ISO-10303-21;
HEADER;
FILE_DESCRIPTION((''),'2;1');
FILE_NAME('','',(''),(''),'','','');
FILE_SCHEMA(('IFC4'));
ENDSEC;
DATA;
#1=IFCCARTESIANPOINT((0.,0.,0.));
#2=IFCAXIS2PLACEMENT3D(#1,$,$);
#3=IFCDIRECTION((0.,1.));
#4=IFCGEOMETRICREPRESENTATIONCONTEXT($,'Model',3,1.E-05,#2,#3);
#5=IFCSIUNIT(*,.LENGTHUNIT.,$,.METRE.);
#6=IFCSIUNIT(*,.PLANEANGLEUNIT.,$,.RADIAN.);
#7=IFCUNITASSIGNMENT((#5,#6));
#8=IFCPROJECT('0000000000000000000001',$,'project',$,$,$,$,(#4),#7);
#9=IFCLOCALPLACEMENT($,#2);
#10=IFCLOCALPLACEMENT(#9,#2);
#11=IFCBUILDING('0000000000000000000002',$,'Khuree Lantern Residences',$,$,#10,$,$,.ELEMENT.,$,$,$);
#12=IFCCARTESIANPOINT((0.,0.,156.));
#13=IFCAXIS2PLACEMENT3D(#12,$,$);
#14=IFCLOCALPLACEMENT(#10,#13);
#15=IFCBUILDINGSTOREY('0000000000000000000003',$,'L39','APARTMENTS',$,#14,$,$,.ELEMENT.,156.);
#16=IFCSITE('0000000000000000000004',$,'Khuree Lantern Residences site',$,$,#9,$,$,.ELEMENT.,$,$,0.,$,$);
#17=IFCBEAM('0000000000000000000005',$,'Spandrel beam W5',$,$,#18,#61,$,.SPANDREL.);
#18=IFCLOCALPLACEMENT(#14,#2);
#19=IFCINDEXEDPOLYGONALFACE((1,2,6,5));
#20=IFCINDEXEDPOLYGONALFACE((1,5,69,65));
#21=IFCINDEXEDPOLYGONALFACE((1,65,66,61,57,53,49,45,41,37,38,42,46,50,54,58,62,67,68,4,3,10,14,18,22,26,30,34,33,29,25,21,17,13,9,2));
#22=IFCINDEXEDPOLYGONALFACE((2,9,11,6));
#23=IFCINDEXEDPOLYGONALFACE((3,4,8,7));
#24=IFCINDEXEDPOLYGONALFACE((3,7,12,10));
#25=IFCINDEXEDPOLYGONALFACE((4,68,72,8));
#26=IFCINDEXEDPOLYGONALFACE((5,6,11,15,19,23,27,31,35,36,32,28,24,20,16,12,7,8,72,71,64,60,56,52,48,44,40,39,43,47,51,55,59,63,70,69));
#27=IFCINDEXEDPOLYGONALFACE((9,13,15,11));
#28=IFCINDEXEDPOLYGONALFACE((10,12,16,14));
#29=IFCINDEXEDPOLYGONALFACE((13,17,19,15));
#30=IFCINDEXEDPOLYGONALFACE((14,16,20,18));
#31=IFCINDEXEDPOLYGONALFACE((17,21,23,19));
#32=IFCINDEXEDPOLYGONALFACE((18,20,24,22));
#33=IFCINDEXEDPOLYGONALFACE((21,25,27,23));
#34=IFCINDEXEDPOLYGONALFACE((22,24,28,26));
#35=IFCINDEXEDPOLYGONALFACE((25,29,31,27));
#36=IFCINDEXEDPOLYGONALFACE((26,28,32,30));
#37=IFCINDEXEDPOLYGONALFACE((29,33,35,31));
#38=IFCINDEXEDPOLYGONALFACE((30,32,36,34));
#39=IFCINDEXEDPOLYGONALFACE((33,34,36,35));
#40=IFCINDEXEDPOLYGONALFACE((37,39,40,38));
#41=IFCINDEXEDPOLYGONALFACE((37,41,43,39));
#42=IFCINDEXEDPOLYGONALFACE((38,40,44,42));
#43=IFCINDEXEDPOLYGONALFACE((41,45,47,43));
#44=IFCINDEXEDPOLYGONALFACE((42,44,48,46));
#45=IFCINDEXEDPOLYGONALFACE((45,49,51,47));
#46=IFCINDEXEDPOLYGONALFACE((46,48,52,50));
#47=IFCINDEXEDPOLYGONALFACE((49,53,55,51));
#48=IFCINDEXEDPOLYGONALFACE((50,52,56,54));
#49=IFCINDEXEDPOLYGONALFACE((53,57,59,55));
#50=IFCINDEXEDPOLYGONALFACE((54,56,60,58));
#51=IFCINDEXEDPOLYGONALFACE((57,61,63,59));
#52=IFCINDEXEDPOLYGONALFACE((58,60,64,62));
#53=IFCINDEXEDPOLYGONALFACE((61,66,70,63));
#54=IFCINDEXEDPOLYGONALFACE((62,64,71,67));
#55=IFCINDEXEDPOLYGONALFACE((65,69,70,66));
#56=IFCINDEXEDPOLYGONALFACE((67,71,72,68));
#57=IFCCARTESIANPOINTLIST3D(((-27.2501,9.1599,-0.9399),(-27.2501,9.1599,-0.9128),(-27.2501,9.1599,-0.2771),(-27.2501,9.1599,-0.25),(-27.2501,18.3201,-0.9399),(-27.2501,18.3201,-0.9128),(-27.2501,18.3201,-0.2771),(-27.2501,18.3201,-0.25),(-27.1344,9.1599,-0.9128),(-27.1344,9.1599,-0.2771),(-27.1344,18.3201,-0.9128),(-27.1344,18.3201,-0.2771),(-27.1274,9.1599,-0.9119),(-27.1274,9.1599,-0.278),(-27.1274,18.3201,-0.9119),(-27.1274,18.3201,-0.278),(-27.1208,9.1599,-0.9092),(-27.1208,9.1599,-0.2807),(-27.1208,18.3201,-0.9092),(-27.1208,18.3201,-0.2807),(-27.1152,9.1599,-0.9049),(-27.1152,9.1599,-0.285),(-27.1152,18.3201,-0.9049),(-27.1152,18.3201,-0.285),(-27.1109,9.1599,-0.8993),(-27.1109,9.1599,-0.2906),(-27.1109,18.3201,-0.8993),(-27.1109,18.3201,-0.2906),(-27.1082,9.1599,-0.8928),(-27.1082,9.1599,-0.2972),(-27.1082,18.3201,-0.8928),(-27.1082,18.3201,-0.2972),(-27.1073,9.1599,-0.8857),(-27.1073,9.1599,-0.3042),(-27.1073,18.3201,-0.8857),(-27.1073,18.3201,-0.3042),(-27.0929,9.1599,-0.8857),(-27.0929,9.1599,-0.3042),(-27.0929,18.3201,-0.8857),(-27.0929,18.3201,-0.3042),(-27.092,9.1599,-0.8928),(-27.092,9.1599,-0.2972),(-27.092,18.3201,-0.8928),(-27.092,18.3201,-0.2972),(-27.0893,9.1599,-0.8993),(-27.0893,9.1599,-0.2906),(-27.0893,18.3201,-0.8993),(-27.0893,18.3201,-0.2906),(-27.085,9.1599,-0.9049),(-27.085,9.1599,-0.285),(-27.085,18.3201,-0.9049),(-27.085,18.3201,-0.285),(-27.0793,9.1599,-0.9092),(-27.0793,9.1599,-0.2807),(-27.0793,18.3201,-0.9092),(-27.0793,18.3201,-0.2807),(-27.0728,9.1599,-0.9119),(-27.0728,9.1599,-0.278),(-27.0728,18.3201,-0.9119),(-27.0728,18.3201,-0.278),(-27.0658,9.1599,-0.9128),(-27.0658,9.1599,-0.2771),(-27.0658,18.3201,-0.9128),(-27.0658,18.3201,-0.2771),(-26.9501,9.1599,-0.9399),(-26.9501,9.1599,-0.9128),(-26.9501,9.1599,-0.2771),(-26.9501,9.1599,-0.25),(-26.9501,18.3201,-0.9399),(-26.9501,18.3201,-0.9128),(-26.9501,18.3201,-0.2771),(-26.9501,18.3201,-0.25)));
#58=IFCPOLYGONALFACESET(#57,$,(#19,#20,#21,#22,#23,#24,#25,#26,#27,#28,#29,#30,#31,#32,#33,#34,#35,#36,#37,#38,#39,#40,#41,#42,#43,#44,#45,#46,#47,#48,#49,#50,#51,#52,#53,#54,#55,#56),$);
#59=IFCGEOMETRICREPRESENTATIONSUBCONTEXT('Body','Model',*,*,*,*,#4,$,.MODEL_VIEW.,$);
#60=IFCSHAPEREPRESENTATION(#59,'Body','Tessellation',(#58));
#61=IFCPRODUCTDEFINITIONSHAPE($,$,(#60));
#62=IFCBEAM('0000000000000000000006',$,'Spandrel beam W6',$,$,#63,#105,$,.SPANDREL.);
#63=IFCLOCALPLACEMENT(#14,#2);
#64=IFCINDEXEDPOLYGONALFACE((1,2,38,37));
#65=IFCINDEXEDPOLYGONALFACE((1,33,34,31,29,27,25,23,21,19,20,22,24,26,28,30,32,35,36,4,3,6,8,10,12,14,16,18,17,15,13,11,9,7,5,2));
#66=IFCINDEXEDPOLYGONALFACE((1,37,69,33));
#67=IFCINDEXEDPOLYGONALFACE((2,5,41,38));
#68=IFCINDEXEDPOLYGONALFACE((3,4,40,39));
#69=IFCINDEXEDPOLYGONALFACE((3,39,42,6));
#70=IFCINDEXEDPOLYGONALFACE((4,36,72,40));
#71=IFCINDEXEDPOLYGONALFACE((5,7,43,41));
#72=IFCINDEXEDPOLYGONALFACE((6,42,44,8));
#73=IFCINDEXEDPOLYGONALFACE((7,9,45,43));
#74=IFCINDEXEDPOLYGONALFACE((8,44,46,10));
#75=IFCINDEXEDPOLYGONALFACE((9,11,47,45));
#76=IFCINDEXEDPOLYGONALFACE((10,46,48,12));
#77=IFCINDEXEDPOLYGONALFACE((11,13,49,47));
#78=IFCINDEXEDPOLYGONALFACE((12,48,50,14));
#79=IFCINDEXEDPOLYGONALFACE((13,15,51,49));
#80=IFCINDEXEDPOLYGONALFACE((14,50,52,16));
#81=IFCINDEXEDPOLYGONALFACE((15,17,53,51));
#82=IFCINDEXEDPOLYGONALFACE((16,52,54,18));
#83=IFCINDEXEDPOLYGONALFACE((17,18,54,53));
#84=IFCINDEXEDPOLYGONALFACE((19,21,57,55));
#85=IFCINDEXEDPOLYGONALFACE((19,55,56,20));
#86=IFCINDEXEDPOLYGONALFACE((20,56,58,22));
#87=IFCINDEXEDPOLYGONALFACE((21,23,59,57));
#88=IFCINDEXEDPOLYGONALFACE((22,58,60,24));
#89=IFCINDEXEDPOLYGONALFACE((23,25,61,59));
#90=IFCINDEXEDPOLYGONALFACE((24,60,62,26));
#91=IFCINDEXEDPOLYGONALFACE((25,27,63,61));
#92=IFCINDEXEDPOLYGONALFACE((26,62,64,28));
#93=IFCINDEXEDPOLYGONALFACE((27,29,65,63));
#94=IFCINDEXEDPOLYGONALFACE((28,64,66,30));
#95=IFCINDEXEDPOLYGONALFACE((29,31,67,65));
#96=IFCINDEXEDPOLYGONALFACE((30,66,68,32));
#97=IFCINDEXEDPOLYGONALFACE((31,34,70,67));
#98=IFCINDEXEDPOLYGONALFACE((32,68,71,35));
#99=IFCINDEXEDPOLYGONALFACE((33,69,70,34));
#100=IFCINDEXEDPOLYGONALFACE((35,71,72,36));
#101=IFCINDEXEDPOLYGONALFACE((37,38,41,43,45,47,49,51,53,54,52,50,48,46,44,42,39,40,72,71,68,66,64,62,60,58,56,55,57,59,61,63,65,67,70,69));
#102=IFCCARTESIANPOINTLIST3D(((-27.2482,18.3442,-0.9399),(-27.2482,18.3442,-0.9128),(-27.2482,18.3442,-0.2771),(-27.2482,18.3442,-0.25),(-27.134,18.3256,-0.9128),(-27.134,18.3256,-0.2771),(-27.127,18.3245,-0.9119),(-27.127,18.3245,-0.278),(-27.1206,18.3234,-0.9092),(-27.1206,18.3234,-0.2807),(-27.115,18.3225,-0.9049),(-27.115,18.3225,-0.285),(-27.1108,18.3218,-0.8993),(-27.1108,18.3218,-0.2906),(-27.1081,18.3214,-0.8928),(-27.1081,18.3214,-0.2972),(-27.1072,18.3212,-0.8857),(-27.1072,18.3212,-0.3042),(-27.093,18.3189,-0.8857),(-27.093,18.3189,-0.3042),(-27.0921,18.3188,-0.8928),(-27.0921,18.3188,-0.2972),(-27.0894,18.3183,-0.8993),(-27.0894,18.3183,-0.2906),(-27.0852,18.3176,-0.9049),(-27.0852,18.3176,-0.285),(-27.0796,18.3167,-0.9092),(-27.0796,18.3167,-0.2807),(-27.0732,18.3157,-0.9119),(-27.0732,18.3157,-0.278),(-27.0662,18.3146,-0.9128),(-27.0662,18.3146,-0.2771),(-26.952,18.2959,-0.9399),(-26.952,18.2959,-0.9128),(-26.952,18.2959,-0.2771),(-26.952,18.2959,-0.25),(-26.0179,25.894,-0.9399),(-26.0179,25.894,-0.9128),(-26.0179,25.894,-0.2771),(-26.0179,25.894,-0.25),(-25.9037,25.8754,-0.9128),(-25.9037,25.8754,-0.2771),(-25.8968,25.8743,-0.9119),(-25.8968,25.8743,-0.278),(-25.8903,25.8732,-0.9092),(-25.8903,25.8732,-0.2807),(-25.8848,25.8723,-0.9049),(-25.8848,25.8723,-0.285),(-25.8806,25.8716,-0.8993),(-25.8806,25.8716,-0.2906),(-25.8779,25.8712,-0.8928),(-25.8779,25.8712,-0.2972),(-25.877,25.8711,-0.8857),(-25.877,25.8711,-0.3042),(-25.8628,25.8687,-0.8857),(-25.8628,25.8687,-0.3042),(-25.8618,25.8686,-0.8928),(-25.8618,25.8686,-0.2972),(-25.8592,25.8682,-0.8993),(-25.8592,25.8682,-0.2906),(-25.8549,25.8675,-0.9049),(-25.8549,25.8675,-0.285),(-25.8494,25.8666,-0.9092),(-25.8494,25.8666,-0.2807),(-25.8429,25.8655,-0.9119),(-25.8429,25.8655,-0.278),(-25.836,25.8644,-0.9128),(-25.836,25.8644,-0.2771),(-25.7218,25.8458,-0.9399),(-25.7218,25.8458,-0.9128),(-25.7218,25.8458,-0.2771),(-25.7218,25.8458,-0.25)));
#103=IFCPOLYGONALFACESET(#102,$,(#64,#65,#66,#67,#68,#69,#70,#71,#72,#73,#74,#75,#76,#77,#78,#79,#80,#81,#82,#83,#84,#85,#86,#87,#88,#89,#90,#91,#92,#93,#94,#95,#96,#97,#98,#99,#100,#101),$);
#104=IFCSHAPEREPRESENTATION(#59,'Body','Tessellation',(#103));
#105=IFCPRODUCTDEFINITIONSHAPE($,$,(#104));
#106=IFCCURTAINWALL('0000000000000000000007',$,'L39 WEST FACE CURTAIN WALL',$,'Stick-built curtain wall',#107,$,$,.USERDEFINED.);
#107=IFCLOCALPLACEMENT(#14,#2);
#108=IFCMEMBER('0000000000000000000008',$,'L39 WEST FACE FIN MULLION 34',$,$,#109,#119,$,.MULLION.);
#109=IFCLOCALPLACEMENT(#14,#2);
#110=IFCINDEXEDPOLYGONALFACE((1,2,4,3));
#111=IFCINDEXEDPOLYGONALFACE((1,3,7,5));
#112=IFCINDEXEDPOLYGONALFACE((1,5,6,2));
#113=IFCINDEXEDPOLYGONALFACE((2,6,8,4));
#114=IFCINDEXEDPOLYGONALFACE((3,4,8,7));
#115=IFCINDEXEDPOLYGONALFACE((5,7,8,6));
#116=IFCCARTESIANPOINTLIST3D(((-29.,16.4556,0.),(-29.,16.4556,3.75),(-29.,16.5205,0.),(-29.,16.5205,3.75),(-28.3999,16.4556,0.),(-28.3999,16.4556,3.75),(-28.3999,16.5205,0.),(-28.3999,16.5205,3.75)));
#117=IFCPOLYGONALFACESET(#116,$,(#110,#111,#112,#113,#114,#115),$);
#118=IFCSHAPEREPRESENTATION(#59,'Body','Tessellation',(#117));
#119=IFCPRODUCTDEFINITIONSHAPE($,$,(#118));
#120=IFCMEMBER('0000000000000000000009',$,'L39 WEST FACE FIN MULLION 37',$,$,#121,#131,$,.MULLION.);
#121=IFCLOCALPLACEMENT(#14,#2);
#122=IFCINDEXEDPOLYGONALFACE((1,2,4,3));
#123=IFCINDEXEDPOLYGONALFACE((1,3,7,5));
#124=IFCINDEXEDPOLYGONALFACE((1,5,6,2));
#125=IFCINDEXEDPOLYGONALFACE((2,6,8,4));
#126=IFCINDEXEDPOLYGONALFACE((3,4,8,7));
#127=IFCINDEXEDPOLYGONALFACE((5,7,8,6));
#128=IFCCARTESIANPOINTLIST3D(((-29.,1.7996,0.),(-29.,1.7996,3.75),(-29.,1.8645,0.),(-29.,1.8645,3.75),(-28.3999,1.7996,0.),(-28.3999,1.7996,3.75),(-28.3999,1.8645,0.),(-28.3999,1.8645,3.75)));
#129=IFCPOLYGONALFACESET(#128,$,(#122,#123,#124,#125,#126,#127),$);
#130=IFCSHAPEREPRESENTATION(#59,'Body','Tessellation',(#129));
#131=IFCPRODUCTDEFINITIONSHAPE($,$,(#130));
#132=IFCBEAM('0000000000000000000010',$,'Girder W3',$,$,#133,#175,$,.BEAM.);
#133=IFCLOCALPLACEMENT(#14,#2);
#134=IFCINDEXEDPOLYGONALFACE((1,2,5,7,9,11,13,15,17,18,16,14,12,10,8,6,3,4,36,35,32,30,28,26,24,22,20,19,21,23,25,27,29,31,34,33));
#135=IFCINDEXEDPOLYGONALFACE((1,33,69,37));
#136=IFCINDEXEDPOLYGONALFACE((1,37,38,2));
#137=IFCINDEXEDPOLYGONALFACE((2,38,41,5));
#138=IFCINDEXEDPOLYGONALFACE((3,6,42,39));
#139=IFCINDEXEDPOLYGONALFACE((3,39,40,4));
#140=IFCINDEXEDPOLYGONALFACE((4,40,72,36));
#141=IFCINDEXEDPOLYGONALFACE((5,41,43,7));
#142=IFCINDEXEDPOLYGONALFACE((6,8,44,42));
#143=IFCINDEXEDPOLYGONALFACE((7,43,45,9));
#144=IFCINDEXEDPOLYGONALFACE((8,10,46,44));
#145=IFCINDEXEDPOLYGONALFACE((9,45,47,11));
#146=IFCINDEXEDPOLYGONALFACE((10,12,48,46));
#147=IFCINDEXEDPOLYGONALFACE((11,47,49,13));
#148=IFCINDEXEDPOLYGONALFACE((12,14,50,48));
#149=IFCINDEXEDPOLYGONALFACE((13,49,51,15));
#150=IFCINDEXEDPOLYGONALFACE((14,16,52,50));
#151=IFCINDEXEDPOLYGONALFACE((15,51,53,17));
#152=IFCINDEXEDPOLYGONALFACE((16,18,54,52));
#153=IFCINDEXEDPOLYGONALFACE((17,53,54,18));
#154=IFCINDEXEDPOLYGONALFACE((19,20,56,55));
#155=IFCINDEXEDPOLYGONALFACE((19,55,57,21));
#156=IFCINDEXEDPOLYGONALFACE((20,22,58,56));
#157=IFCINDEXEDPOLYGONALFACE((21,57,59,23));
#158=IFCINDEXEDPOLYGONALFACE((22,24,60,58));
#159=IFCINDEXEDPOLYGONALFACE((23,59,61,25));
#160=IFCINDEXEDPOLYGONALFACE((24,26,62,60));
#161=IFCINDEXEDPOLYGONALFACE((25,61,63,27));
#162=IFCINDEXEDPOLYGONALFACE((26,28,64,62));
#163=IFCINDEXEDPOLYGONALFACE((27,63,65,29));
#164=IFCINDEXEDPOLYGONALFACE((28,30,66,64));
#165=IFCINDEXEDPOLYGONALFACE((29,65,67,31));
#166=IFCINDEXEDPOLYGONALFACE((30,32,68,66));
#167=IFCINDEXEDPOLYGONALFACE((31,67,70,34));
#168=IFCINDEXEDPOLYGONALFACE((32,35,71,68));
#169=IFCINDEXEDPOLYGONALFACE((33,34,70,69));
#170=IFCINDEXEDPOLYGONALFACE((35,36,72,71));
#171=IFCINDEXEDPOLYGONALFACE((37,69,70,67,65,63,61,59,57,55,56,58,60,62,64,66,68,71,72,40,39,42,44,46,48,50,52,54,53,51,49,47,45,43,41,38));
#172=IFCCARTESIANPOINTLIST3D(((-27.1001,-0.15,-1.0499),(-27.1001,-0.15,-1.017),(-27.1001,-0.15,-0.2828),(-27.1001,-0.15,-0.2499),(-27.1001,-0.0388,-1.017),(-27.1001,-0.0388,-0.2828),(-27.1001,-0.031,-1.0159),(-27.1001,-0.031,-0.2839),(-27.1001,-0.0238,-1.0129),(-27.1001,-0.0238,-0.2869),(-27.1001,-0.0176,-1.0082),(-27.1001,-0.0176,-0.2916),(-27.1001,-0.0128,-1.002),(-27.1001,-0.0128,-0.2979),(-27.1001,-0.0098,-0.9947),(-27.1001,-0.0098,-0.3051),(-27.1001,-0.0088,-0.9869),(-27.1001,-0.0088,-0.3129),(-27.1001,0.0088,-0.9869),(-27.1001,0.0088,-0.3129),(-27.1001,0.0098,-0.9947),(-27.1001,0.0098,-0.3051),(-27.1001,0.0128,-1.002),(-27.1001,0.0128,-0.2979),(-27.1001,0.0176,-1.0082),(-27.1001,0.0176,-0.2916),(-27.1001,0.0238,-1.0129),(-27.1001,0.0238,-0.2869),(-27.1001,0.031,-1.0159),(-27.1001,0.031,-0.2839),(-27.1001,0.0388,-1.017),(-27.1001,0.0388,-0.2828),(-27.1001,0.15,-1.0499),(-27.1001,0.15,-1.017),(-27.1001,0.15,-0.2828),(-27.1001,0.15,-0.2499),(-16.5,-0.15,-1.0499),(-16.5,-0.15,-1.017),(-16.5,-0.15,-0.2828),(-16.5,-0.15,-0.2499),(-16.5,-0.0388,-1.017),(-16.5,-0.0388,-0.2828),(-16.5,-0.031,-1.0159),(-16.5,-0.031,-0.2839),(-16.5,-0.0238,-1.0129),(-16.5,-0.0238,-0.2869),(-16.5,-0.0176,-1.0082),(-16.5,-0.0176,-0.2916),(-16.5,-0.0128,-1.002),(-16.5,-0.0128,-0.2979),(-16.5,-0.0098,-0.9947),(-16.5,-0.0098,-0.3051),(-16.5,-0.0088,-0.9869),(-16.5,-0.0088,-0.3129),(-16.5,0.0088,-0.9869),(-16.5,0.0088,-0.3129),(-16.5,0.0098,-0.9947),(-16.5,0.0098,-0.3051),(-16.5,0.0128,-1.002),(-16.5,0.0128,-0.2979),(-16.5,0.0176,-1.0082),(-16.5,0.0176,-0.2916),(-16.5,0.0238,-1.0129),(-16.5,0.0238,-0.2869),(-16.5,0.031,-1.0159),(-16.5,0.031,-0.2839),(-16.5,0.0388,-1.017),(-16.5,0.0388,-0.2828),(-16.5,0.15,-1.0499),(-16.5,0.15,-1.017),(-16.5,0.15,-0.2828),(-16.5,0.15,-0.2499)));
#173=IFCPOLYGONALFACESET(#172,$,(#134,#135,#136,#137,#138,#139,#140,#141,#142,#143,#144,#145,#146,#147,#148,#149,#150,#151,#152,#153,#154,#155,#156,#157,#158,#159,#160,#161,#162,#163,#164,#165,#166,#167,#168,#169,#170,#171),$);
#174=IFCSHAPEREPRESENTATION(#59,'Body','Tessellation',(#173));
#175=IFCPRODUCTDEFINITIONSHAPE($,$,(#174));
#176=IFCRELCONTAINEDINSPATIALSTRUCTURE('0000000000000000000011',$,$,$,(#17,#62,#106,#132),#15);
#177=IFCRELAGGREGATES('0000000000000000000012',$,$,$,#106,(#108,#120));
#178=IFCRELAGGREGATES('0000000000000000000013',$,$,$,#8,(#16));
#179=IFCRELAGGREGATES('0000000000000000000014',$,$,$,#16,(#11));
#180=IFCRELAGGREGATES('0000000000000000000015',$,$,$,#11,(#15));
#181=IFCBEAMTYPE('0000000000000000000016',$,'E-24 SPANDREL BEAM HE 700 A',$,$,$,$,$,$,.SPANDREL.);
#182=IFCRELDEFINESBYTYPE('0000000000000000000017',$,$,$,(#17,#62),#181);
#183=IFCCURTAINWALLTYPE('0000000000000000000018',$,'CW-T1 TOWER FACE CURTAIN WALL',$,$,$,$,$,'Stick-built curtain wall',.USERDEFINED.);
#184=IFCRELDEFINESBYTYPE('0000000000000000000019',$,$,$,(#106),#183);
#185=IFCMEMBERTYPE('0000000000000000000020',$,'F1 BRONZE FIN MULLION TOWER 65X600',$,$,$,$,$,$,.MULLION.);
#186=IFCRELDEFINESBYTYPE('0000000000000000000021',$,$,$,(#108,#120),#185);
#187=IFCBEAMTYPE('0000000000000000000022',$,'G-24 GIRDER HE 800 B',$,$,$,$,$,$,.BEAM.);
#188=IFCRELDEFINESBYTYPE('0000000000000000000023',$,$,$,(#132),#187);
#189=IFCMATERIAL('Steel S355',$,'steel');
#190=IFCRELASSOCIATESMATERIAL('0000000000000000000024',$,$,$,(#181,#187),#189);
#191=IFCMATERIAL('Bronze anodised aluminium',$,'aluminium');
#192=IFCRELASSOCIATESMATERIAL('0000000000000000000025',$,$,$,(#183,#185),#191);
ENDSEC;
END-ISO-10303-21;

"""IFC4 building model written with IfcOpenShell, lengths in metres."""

from ifc_helpers import new_model, si_unit, direction, frame, origin, origin_2d, place, context, subcontext, project, spatial, rectangle, i_section, extrude, material, material_profile, profile_set, type_object, element, aggregate, save


model = new_model("IFC4")

# Units and contexts
model_context = context("Model", 3, precision=1e-05, world=origin(), true_north=direction((0.0, 1.0)))
body_context = subcontext(model_context, "Body", "Model", "MODEL_VIEW")
ifc_project = project(units=[si_unit("LENGTHUNIT", "METRE"), si_unit("PLANEANGLEUNIT", "RADIAN")], contexts=[model_context])

# Site, building, storey
site_placement = place(None, origin())
site = spatial("IfcSite", under=ifc_project, at=site_placement, Name="Khuree Lantern Residences site", CompositionType="ELEMENT", RefElevation=0.0)
building_placement = place(site_placement, origin())
building = spatial("IfcBuilding", under=site, at=building_placement, Name="Khuree Lantern Residences", CompositionType="ELEMENT")
storey_placement = place(building_placement, frame((0.0, 0.0, 156.0)))
storey = spatial("IfcBuildingStorey", under=building, at=storey_placement, Name="L39", Description="APARTMENTS", CompositionType="ELEMENT", Elevation=156.0)

# Beams
ifc_material_1 = material(Name="Steel S355", Category="steel")
ifc_material_profile_1 = material_profile(ifc_material_1, i_section(OverallWidth=0.3, OverallDepth=0.6899, WebThickness=0.0144, FlangeThickness=0.0271, FilletRadius=0.0271, at=origin_2d()), Name="HE 700 A")
ifc_profile_set_1 = profile_set([ifc_material_profile_1], Name="Steel S355")
beam_type_1 = type_object("IfcBeamType", Name="E-24 SPANDREL BEAM HE 700 A", PredefinedType="SPANDREL", material=ifc_profile_set_1)
beam_1_placement = place(storey_placement, frame((-27.1001, 9.1599, -0.595), z_axis=(0.0, 1.0, 0.0), x_axis=(-1.0, 0.0, 0.0)))
element("IfcBeam", 1, at=beam_1_placement, inside=storey, type_object=beam_type_1, Name="Spandrel beam W5", PredefinedType="SPANDREL", context=body_context, shape_type="SweptSolid", body=[
    extrude(i_section(OverallWidth=0.3, OverallDepth=0.6899, WebThickness=0.0144, FlangeThickness=0.0271, FilletRadius=0.0271, at=origin_2d()), origin(), (0.0, 0.0, 1.0), 9.1602),
])
beam_2_placement = place(storey_placement, frame((-27.1001, 18.3201, -0.595), z_axis=(0.160827, 0.986983, 0.0), x_axis=(-0.986983, 0.160827, 0.0)))
element("IfcBeam", 2, at=beam_2_placement, inside=storey, type_object=beam_type_1, Name="Spandrel beam W6", PredefinedType="SPANDREL", context=body_context, shape_type="SweptSolid", body=[
    extrude(i_section(OverallWidth=0.3, OverallDepth=0.6899, WebThickness=0.0144, FlangeThickness=0.0271, FilletRadius=0.0271, at=origin_2d()), origin(), (0.0, 0.0, 1.0), 7.6494),
])

# Curtain wall, members
ifc_material_2 = material(Name="Bronze anodised aluminium", Category="aluminium")
curtain_wall_type = type_object("IfcCurtainWallType", Name="CW-T1 TOWER FACE CURTAIN WALL", ElementType="Stick-built curtain wall", PredefinedType="USERDEFINED", material=ifc_material_2)
curtain_wall_placement = place(storey_placement, origin())
curtain_wall = element("IfcCurtainWall", 3, at=curtain_wall_placement, inside=storey, type_object=curtain_wall_type, Name="L39 WEST FACE CURTAIN WALL", ObjectType="Stick-built curtain wall", PredefinedType="USERDEFINED")
ifc_material_profile_2 = material_profile(ifc_material_2, rectangle(XDim=0.0649, YDim=0.6001, at=origin_2d()), Name="F1 65X600")
ifc_profile_set_2 = profile_set([ifc_material_profile_2], Name="Bronze anodised aluminium")
member_type_1 = type_object("IfcMemberType", Name="F1 BRONZE FIN MULLION TOWER 65X600", PredefinedType="MULLION", material=ifc_profile_set_2)
member_1_placement = place(storey_placement, frame((-28.7, 16.488, 0.0), z_axis=(0.0, 0.0, 1.0), x_axis=(0.0, -1.0, 0.0)))
member_1 = element("IfcMember", 4, at=member_1_placement, type_object=member_type_1, Name="L39 WEST FACE FIN MULLION 34", PredefinedType="MULLION", context=body_context, shape_type="SweptSolid", body=[
    extrude(rectangle(XDim=0.0649, YDim=0.6001, at=origin_2d()), origin(), (0.0, 0.0, 1.0), 3.75),
])
member_2_placement = place(storey_placement, frame((-28.7, 1.832, 0.0), z_axis=(0.0, 0.0, 1.0), x_axis=(0.0, -1.0, 0.0)))
member_2 = element("IfcMember", 5, at=member_2_placement, type_object=member_type_1, Name="L39 WEST FACE FIN MULLION 37", PredefinedType="MULLION", context=body_context, shape_type="SweptSolid", body=[
    extrude(rectangle(XDim=0.0649, YDim=0.6001, at=origin_2d()), origin(), (0.0, 0.0, 1.0), 3.75),
])

# Beam
ifc_material_profile_3 = material_profile(ifc_material_1, i_section(OverallWidth=0.3, OverallDepth=0.8, WebThickness=0.0176, FlangeThickness=0.033, FilletRadius=0.03, at=origin_2d()), Name="HE 800 B")
ifc_profile_set_3 = profile_set([ifc_material_profile_3], Name="Steel S355")
beam_type_2 = type_object("IfcBeamType", Name="G-24 GIRDER HE 800 B", PredefinedType="BEAM", material=ifc_profile_set_3)
for number, where, z_axis, x_axis, name in (
    (6, (-27.1001, 0.0, -0.6499), (1.0, 0.0, 0.0), (0.0, 1.0, 0.0), "Girder W3"),
):
    element("IfcBeam", number, at=place(storey_placement, frame(where, z_axis=z_axis, x_axis=x_axis)), inside=storey, type_object=beam_type_2, Name=name, PredefinedType="BEAM", context=body_context, shape_type="SweptSolid", body=[
        extrude(i_section(OverallWidth=0.3, OverallDepth=0.8, WebThickness=0.0176, FlangeThickness=0.033, FilletRadius=0.03, at=origin_2d()), origin(), (0.0, 0.0, 1.0), 10.6001),
    ])

aggregate(curtain_wall, [member_1, member_2])

save(model, "model.ifc")
